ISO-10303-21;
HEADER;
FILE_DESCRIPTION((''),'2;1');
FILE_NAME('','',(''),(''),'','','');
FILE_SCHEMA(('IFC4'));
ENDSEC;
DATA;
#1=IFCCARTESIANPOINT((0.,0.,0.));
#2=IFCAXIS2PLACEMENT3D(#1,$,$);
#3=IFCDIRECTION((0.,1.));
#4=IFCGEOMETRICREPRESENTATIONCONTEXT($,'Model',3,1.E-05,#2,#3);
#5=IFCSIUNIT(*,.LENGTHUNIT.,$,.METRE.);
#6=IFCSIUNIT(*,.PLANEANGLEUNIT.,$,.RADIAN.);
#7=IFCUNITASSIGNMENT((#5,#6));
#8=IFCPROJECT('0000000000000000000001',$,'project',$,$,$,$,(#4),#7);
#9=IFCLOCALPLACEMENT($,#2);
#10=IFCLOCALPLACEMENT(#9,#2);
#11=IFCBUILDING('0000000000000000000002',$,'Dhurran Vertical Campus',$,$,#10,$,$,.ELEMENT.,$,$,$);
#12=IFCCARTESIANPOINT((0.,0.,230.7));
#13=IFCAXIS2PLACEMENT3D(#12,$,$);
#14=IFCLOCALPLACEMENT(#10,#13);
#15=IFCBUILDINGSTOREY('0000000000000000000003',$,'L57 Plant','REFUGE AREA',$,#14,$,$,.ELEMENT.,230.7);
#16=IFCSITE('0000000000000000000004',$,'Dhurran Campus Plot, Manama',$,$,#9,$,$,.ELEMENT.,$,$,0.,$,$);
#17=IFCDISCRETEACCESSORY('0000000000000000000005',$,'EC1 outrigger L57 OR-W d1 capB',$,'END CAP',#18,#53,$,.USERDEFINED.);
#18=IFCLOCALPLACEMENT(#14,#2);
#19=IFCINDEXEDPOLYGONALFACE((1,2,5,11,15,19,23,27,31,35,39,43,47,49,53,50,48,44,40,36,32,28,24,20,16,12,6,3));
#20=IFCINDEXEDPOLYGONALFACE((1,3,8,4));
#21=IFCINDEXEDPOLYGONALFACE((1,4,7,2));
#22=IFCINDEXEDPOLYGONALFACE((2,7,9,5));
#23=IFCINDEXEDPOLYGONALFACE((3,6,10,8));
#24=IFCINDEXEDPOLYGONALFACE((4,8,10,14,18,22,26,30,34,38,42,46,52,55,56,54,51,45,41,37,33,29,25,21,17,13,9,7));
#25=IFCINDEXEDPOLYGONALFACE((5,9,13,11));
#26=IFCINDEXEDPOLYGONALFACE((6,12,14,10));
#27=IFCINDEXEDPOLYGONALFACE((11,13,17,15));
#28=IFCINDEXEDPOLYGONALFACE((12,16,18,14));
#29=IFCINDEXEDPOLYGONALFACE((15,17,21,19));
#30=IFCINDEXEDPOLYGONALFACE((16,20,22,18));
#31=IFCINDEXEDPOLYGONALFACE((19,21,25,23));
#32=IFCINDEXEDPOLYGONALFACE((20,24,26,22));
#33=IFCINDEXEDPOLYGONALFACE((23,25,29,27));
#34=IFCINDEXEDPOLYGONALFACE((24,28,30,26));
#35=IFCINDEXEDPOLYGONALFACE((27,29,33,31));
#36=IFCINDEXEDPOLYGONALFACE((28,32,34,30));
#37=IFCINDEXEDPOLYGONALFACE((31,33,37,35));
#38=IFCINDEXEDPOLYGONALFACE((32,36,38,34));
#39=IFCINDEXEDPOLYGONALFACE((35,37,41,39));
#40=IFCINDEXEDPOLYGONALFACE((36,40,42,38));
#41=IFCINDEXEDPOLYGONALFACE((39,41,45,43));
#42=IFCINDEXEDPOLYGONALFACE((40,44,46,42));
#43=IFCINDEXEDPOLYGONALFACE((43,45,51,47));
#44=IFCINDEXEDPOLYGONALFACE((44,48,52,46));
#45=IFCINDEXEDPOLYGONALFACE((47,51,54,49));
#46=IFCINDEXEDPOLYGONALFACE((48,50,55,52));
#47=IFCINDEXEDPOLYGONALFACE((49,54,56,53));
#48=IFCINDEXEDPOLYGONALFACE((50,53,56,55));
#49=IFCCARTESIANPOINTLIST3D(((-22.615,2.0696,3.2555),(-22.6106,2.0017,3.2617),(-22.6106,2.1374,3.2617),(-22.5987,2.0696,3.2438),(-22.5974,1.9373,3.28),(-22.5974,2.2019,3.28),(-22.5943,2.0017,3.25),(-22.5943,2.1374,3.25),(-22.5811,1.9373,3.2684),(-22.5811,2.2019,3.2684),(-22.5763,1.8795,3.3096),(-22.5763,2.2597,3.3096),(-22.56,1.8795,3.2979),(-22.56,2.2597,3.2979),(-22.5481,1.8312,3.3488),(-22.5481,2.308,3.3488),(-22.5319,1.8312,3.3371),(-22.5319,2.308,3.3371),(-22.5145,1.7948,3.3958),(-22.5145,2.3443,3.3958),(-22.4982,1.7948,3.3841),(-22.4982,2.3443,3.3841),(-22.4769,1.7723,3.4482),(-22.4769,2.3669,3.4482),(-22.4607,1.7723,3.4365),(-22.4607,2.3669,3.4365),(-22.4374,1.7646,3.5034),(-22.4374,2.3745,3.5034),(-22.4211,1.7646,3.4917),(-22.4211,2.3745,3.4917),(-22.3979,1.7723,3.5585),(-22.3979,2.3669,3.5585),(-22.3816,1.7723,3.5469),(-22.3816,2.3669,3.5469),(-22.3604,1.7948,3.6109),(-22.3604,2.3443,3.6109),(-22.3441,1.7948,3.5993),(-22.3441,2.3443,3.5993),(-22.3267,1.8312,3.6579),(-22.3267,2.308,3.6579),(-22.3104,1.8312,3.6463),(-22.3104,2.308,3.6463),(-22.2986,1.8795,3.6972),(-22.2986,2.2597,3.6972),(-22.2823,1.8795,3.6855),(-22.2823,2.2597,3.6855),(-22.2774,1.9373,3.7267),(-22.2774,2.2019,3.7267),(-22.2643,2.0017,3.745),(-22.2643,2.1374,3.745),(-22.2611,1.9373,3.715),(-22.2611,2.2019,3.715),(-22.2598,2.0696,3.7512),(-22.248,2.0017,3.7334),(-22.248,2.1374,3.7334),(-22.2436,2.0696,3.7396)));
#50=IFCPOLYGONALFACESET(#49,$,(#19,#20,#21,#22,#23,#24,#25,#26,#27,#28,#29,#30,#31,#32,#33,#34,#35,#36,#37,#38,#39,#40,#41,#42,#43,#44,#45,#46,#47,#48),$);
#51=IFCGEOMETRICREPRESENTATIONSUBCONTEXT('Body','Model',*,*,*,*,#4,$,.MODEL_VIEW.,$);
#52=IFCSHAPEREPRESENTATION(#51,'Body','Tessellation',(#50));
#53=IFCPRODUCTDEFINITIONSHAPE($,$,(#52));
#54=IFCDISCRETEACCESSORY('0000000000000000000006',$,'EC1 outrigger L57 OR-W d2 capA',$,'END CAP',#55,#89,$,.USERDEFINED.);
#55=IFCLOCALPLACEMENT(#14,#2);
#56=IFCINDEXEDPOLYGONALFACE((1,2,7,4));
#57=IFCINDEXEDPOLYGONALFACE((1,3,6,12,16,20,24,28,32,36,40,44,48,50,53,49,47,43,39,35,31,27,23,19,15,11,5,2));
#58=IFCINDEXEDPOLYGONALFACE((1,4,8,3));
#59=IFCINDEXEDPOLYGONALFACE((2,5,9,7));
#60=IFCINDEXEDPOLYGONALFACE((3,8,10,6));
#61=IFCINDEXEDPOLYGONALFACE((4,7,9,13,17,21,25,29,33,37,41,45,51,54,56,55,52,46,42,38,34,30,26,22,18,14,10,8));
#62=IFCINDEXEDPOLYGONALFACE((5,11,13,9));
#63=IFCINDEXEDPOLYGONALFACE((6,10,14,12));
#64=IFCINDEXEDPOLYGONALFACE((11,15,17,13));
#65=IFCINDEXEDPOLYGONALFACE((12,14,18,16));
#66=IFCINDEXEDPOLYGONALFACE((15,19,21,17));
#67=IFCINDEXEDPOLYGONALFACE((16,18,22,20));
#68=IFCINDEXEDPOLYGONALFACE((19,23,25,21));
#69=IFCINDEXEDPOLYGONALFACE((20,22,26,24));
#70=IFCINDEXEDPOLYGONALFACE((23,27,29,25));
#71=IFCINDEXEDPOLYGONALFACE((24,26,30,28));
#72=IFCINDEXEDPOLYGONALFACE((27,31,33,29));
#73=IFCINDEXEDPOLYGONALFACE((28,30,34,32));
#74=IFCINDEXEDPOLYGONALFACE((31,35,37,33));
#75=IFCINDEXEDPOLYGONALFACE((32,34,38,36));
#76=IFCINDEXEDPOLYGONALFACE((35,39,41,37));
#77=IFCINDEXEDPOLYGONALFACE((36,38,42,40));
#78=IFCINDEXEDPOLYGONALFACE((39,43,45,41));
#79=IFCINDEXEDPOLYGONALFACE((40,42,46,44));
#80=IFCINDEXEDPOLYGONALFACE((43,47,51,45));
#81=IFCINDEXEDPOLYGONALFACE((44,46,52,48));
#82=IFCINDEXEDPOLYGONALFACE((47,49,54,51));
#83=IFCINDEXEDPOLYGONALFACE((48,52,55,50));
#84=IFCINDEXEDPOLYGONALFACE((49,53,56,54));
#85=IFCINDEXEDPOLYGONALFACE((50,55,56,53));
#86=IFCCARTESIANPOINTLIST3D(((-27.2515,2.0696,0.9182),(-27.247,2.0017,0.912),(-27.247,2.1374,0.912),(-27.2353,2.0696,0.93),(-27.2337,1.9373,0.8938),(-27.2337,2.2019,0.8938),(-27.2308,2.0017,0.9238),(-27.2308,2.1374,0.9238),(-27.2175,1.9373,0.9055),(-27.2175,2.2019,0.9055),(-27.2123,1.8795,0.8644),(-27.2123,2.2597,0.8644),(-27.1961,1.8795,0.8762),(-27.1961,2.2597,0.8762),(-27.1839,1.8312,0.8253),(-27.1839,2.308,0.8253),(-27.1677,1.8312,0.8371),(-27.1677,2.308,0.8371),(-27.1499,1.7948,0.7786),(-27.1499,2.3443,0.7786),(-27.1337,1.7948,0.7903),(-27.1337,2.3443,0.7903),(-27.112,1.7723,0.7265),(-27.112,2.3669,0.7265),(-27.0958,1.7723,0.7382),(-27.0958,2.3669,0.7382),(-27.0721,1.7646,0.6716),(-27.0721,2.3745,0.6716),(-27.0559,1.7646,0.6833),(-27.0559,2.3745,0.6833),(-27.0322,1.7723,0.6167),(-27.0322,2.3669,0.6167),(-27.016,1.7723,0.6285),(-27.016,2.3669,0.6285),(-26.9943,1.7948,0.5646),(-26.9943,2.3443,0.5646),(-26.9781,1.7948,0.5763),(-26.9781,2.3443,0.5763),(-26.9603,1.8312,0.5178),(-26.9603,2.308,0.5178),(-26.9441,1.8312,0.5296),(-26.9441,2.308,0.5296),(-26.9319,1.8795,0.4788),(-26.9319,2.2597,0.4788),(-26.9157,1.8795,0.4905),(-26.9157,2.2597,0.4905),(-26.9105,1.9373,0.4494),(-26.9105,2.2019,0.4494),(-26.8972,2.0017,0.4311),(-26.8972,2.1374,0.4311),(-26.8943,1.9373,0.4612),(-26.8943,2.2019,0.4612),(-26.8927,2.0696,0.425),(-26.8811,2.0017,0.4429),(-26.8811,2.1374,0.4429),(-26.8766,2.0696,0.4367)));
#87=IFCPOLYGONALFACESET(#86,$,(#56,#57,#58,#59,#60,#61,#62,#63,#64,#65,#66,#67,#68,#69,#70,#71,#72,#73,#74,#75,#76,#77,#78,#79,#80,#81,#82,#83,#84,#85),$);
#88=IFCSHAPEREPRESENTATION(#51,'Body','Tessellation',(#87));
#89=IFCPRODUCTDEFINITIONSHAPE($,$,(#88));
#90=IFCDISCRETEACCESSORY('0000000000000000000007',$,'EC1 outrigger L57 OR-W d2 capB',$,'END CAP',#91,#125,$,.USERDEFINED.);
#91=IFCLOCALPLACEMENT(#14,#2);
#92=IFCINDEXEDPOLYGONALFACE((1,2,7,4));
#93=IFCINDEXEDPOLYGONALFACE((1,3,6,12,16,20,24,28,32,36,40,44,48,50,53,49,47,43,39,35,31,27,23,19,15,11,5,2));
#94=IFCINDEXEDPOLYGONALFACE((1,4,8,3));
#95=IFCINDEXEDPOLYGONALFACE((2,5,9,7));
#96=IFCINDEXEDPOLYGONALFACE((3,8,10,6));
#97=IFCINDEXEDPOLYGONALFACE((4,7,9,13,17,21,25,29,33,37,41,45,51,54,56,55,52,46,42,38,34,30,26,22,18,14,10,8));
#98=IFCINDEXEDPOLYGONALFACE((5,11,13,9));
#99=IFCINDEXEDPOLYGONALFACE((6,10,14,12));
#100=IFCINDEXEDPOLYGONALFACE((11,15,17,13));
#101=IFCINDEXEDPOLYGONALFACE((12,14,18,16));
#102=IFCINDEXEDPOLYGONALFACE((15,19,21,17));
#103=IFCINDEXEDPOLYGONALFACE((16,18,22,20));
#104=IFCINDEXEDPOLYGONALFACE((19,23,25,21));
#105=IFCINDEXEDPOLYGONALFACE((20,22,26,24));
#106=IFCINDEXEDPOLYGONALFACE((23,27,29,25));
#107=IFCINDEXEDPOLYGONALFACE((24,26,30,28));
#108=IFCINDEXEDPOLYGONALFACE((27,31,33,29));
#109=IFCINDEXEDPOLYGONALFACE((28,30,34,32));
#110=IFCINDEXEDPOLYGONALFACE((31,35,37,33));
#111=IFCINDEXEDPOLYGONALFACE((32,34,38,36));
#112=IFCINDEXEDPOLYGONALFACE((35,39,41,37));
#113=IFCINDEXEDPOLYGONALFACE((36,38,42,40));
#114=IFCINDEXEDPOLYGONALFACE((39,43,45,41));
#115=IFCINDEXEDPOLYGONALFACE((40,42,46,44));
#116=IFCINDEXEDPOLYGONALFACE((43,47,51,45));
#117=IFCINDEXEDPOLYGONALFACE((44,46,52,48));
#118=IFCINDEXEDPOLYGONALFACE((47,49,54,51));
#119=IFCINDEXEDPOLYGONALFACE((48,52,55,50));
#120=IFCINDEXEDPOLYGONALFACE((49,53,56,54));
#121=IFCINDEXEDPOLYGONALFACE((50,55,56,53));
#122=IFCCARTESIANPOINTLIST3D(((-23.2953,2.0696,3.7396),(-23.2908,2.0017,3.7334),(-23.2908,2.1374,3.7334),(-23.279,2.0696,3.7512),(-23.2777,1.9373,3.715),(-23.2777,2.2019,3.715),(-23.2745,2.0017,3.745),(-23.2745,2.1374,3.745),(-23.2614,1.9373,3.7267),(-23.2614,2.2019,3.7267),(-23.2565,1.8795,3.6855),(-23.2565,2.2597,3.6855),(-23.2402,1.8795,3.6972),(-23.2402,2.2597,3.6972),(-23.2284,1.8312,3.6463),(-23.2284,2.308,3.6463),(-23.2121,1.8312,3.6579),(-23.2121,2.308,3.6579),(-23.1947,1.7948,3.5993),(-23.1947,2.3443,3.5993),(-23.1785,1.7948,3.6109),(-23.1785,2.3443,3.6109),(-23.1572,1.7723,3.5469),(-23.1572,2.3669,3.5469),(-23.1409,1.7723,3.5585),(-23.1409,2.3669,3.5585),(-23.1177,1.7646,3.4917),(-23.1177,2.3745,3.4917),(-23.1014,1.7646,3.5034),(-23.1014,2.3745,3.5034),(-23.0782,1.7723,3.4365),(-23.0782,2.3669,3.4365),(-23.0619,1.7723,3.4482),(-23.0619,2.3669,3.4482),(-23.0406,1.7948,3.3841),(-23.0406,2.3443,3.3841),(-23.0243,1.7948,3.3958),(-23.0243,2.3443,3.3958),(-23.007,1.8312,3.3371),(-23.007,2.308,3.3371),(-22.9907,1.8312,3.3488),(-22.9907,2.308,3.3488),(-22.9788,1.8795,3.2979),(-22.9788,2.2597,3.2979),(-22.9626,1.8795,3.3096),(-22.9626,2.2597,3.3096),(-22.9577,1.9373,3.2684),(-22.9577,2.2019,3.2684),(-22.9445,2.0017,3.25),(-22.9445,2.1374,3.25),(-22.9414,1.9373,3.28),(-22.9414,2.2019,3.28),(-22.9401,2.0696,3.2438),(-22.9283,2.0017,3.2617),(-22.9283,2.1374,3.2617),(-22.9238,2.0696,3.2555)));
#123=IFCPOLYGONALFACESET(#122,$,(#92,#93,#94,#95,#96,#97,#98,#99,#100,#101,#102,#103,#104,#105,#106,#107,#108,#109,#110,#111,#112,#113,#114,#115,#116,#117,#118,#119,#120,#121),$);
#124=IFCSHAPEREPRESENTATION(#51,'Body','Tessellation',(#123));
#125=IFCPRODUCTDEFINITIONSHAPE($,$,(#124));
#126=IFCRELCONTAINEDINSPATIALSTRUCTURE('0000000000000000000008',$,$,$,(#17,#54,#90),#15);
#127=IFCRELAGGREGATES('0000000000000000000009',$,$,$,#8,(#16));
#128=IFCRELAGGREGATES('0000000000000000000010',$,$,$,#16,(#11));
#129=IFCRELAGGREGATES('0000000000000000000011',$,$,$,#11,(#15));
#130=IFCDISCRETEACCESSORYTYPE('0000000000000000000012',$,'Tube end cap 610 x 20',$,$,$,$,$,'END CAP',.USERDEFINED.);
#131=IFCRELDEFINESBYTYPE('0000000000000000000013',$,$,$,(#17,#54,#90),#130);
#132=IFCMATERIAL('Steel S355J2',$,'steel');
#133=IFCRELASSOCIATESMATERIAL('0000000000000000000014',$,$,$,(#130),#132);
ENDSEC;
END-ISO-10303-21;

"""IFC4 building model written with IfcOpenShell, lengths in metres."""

from ifc_helpers import new_model, si_unit, direction, frame, origin, origin_2d, place, context, subcontext, project, spatial, circle, extrude, material, material_profile, profile_set, type_object, element, save


model = new_model("IFC4")

# Units and contexts
model_context = context("Model", 3, precision=1e-05, world=origin(), true_north=direction((0.0, 1.0)))
body_context = subcontext(model_context, "Body", "Model", "MODEL_VIEW")
ifc_project = project(units=[si_unit("LENGTHUNIT", "METRE"), si_unit("PLANEANGLEUNIT", "RADIAN")], contexts=[model_context])

# Site, building, storey
site_placement = place(None, origin())
site = spatial("IfcSite", under=ifc_project, at=site_placement, Name="Dhurran Campus Plot, Manama", CompositionType="ELEMENT", RefElevation=0.0)
building_placement = place(site_placement, origin())
building = spatial("IfcBuilding", under=site, at=building_placement, Name="Dhurran Vertical Campus", CompositionType="ELEMENT")
storey_placement = place(building_placement, frame((0.0, 0.0, 230.7)))
storey = spatial("IfcBuildingStorey", under=building, at=storey_placement, Name="L57 Plant", Description="REFUGE AREA", CompositionType="ELEMENT", Elevation=230.7)

# Discrete accessories
ifc_material_1 = material(Name="Steel S355J2", Category="steel")
ifc_material_profile_1 = material_profile(ifc_material_1, circle(Radius=0.3049, at=origin_2d()), Name="Tube end cap 610 x 20")
ifc_profile_set_1 = profile_set([ifc_material_profile_1], Name="Steel S355J2")
discrete_accessory_type_1 = type_object("IfcDiscreteAccessoryType", Name="Tube end cap 610 x 20", ElementType="END CAP", PredefinedType="USERDEFINED", material=ifc_profile_set_1)
for number, where, z_axis, x_axis, name in (
    (1, (-22.4211, 2.0696, 3.4917), (-0.812913, 0.0, 0.582385), (0.0, -1.0, 0.0), "EC1 outrigger L57 OR-W d1 capB"),
    (2, (-27.0559, 2.0696, 0.6833), (-0.808736, 0.0, -0.588172), (0.0, -1.0, 0.0), "EC1 outrigger L57 OR-W d2 capA"),
    (3, (-23.1177, 2.0696, 3.4917), (0.812913, 0.0, 0.582385), (0.0, 1.0, 0.0), "EC1 outrigger L57 OR-W d2 capB"),
):
    element("IfcDiscreteAccessory", number, at=place(storey_placement, frame(where, z_axis=z_axis, x_axis=x_axis)), inside=storey, type_object=discrete_accessory_type_1, Name=name, ObjectType="END CAP", PredefinedType="USERDEFINED", context=body_context, shape_type="SweptSolid", body=[
        extrude(circle(Radius=0.3049, at=origin_2d()), origin(), (0.0, 0.0, 1.0), 0.02),
    ])

save(model, "model.ifc")
